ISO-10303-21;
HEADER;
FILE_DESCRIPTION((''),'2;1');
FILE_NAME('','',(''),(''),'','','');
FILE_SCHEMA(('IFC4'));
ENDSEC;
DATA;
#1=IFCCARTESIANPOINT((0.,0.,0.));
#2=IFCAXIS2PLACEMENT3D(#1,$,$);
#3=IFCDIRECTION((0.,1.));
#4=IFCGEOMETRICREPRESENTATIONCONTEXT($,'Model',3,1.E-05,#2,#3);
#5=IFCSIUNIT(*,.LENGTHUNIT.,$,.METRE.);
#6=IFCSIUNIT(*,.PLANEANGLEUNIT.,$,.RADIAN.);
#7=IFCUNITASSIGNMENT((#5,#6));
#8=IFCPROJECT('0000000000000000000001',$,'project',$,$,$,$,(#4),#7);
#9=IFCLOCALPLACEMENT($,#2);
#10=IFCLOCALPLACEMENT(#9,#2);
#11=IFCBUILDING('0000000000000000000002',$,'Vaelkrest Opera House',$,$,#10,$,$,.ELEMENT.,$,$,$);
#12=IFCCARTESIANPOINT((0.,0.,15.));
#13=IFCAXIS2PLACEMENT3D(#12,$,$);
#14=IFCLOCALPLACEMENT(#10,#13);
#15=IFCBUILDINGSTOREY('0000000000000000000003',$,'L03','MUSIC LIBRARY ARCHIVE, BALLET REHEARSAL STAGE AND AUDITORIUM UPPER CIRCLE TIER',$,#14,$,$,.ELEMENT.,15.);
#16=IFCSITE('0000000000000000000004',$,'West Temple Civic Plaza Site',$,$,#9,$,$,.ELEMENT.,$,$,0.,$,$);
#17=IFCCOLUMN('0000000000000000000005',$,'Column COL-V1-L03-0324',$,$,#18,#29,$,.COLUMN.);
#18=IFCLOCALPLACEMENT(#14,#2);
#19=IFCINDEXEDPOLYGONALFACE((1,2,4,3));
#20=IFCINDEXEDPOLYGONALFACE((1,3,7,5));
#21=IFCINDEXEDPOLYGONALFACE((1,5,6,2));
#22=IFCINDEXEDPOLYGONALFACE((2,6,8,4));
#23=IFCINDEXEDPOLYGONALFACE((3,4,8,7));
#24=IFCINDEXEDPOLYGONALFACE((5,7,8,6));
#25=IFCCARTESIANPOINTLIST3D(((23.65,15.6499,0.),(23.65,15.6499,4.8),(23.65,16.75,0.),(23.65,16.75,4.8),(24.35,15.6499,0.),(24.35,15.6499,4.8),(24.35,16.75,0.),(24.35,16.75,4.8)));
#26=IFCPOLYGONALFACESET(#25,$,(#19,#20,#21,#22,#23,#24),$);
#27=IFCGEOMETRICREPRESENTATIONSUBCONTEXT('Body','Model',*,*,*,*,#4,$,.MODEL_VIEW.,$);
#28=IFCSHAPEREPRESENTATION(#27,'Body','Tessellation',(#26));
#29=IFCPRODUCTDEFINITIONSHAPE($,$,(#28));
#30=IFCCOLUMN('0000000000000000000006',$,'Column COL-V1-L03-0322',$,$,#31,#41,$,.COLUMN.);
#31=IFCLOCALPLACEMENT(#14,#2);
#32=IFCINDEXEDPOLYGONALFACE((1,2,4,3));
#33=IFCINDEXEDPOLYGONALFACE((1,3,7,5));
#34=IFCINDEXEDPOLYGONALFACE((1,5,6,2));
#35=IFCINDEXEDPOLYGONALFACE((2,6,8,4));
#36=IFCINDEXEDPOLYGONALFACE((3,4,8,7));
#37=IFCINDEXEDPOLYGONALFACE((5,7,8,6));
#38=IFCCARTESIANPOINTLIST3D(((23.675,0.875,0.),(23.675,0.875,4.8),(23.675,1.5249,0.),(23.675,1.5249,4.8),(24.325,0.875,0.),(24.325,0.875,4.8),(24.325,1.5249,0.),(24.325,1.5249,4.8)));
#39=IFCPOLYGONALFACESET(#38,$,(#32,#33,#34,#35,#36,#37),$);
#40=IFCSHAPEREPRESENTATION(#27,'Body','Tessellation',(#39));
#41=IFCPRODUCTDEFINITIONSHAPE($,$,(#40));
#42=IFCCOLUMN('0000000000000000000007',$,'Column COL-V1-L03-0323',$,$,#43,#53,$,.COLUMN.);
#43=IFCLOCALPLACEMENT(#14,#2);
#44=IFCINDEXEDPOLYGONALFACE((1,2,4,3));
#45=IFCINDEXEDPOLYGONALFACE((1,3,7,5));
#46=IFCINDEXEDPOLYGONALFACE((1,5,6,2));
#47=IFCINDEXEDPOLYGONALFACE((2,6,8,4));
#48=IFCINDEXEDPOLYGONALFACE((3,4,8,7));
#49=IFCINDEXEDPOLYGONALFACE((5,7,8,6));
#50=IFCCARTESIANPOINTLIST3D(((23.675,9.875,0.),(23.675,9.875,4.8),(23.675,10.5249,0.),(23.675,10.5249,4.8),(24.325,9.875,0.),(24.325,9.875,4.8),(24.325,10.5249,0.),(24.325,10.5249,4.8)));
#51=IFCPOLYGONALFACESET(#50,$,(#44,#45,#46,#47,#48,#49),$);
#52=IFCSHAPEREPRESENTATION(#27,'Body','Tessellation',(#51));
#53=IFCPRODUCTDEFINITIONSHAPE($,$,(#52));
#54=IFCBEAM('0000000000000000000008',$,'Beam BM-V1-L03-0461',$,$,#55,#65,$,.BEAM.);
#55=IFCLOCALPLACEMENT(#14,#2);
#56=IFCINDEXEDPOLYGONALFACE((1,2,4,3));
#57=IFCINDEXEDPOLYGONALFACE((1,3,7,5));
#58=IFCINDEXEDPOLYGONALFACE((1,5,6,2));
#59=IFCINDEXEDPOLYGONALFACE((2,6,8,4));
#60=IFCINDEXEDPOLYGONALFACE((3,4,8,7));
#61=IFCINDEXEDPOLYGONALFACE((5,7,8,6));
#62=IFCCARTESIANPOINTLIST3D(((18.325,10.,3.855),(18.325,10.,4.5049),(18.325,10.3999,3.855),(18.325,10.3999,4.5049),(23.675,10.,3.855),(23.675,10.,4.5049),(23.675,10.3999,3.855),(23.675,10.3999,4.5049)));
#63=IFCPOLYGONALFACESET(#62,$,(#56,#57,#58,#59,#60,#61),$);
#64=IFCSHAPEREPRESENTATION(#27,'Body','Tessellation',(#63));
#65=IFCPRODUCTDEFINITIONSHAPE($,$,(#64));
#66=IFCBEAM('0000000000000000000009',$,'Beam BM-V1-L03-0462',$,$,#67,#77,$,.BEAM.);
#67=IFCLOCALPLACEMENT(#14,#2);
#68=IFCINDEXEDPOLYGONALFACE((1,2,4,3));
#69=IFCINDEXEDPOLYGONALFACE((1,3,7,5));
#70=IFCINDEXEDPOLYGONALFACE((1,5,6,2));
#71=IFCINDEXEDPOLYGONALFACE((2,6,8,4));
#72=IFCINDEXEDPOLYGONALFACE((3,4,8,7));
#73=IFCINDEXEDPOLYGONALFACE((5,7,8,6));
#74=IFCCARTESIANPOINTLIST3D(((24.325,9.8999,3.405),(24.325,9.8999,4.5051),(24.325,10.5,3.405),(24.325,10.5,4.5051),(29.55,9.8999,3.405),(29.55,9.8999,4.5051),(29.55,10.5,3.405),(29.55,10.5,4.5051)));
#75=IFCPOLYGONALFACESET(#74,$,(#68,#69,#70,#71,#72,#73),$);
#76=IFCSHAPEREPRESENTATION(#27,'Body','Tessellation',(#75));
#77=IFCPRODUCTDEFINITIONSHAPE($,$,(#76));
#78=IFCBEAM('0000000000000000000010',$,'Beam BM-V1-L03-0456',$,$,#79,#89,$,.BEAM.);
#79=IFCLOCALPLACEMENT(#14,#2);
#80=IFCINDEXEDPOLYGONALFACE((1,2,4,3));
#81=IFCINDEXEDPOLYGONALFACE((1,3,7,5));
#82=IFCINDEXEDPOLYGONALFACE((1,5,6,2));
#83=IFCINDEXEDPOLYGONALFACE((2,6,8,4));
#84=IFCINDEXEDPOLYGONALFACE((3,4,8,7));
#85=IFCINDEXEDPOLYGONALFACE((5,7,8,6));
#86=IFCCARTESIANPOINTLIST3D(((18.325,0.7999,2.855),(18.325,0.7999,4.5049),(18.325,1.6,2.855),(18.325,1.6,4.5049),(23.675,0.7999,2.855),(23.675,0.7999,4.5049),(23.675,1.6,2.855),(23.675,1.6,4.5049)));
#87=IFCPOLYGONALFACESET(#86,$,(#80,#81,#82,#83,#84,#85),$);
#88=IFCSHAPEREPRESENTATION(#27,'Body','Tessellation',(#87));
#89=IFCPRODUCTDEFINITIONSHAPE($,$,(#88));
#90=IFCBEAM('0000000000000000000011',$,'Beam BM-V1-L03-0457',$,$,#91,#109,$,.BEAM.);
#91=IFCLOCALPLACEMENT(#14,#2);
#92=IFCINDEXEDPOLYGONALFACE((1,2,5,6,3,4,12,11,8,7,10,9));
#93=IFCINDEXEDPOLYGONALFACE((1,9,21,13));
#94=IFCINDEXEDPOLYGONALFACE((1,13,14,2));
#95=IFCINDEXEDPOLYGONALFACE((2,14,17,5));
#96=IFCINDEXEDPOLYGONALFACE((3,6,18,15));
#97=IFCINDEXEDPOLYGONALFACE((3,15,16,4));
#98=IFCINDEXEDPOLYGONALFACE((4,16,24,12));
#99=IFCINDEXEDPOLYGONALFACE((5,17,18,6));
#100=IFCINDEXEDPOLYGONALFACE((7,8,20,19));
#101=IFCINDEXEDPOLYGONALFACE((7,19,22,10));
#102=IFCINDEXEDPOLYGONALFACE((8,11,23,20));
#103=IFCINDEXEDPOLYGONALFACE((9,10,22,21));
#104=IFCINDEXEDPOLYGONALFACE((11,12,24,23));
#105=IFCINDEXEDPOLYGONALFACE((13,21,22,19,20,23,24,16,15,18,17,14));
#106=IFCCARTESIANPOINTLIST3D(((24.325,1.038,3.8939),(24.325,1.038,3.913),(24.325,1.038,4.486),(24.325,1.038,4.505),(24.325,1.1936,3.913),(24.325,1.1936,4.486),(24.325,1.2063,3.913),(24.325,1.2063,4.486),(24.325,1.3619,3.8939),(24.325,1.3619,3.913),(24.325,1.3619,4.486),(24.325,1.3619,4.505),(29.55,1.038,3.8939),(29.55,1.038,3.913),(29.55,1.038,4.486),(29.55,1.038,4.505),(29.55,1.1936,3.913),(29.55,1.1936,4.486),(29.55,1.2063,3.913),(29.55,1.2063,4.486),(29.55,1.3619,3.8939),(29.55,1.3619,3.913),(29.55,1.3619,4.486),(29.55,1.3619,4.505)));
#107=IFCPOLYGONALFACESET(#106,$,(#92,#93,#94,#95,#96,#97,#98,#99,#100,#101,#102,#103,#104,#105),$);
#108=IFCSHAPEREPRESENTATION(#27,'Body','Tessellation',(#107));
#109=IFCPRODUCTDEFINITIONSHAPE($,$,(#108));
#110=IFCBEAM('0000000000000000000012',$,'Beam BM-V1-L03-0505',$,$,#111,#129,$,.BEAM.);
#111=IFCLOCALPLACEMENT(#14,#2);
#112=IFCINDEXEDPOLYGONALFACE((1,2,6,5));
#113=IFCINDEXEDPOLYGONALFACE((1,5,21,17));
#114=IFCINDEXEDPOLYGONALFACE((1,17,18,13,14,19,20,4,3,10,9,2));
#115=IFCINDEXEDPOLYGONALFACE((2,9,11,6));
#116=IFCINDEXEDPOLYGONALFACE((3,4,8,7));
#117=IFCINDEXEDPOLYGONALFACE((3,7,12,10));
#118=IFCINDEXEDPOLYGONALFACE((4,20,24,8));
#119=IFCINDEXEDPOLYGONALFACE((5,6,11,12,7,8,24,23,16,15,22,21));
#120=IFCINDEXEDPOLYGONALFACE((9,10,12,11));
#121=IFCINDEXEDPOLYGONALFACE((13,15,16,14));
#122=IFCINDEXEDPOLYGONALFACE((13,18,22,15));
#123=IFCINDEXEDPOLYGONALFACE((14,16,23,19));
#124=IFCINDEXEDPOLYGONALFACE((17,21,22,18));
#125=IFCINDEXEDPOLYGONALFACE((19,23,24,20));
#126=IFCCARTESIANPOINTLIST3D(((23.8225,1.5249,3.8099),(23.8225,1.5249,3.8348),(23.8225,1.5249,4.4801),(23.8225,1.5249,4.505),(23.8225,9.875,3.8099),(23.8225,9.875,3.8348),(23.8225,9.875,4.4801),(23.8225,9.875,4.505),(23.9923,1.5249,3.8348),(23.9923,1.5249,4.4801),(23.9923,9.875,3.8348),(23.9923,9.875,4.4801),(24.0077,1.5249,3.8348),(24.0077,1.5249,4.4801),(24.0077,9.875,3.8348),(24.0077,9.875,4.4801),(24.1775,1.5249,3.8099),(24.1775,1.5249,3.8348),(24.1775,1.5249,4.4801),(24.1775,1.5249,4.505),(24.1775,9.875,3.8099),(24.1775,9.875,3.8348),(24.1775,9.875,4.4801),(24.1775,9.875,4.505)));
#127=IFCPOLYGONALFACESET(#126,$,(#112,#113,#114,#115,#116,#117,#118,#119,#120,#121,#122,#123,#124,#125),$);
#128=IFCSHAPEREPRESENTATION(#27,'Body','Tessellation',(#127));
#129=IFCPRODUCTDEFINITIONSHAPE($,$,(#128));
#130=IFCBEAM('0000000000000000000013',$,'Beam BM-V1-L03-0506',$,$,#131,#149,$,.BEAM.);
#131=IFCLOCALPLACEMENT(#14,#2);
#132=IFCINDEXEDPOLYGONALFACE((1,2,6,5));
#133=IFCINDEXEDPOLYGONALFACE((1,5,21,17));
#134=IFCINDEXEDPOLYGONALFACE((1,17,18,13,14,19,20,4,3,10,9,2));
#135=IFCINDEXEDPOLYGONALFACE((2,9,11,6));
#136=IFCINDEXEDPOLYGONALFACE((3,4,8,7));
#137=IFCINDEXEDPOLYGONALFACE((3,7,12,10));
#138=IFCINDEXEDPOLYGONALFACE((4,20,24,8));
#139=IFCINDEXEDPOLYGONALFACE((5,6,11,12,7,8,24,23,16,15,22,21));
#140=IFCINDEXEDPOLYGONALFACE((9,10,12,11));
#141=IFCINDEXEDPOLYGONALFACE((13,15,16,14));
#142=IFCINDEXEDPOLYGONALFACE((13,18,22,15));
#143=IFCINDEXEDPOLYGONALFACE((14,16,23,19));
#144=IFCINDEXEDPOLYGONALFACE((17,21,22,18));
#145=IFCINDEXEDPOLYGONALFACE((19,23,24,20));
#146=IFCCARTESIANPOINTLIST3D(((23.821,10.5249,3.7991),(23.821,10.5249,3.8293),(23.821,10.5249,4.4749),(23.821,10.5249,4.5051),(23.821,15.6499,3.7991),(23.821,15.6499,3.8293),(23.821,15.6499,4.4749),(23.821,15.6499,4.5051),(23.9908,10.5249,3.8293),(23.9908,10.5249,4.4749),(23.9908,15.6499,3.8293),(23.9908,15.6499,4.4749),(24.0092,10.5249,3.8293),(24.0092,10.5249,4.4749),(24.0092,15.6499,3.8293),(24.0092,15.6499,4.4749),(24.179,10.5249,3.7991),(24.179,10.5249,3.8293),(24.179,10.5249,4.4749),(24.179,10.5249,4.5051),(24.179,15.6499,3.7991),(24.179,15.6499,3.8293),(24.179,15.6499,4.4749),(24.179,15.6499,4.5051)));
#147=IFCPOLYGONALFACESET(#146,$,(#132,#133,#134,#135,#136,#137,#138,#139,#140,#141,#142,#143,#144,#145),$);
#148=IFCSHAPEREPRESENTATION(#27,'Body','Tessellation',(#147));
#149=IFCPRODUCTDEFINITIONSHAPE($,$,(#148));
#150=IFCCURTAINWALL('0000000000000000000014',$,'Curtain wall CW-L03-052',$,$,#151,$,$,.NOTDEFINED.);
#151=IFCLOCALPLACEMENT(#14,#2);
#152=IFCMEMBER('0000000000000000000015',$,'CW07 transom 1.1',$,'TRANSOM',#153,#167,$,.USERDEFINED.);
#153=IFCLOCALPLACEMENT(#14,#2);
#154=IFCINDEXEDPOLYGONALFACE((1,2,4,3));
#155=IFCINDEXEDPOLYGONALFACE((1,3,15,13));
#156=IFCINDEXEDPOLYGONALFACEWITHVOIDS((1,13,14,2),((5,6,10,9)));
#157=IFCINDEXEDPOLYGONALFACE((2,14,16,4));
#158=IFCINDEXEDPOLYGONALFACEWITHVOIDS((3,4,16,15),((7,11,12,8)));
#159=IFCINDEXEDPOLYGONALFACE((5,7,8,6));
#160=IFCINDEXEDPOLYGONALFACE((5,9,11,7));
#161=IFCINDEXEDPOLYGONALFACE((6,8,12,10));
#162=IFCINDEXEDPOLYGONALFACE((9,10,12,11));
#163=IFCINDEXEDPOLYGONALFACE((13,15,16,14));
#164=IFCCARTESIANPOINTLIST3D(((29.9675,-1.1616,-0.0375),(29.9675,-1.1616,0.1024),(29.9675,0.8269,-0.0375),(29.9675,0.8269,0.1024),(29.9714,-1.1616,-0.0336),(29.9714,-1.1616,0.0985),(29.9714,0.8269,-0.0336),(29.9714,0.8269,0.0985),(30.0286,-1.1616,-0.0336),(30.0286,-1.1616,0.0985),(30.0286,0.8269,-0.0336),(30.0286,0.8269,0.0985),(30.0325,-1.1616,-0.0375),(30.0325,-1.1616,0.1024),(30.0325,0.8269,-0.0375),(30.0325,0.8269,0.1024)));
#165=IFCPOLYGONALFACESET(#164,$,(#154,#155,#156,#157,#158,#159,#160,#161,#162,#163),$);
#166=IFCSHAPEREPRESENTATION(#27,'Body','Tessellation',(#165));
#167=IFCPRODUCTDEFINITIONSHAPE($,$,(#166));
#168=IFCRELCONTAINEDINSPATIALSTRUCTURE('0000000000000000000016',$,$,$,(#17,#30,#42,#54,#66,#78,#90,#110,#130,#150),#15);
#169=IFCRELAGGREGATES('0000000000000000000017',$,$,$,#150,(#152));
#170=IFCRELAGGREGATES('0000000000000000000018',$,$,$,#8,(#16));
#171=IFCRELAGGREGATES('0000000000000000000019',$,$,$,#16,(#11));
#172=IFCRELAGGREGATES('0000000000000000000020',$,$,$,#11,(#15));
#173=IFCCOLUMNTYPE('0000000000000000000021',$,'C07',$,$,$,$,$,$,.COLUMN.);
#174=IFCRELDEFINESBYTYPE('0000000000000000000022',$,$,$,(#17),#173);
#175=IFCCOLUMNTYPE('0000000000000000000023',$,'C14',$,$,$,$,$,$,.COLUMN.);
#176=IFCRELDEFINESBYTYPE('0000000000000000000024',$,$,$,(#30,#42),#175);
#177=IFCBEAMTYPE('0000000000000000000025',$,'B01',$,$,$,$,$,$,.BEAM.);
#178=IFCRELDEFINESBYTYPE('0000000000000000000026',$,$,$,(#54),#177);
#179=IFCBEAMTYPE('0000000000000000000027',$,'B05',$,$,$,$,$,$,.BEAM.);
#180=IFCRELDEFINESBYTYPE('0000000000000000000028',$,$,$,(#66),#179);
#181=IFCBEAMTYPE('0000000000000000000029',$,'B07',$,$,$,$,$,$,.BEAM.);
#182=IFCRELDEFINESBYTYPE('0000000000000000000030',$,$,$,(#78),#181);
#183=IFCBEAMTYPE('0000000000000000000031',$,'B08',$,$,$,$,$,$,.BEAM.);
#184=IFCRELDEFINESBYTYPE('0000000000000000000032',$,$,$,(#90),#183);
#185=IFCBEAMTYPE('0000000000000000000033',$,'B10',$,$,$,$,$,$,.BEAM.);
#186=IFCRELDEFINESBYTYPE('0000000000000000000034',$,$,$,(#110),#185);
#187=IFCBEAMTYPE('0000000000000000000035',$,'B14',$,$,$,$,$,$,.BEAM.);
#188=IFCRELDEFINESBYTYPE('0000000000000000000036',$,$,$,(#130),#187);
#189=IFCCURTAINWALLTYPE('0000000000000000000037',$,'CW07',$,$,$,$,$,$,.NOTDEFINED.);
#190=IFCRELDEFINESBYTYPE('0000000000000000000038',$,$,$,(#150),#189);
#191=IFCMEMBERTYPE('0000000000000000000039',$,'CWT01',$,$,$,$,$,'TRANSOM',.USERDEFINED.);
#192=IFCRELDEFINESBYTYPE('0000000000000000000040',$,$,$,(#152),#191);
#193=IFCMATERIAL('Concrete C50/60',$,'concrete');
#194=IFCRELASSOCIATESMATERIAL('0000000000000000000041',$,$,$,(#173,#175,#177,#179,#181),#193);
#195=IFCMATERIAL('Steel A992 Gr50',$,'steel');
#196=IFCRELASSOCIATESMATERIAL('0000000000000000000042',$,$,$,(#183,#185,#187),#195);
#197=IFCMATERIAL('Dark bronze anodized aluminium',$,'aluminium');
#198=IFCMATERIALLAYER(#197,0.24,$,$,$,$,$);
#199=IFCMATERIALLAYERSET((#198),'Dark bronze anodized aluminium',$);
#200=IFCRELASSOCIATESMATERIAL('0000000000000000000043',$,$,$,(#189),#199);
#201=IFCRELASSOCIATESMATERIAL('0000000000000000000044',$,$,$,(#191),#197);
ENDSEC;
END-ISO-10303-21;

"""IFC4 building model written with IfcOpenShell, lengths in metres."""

from ifc_helpers import new_model, si_unit, direction, frame, origin, origin_2d, place, context, subcontext, project, spatial, rectangle, hollow_rectangle, i_section, extrude, material, layer, layer_set, material_profile, profile_set, type_object, element, aggregate, save


model = new_model("IFC4")

# Units and contexts
model_context = context("Model", 3, precision=1e-05, world=origin(), true_north=direction((0.0, 1.0)))
body_context = subcontext(model_context, "Body", "Model", "MODEL_VIEW")
ifc_project = project(units=[si_unit("LENGTHUNIT", "METRE"), si_unit("PLANEANGLEUNIT", "RADIAN")], contexts=[model_context])

# Site, building, storey
site_placement = place(None, origin())
site = spatial("IfcSite", under=ifc_project, at=site_placement, Name="West Temple Civic Plaza Site", CompositionType="ELEMENT", RefElevation=0.0)
building_placement = place(site_placement, origin())
building = spatial("IfcBuilding", under=site, at=building_placement, Name="Vaelkrest Opera House", CompositionType="ELEMENT")
storey_placement = place(building_placement, frame((0.0, 0.0, 15.0)))
storey = spatial("IfcBuildingStorey", under=building, at=storey_placement, Name="L03", Description="MUSIC LIBRARY ARCHIVE, BALLET REHEARSAL STAGE AND AUDITORIUM UPPER CIRCLE TIER", CompositionType="ELEMENT", Elevation=15.0)

# Columns
ifc_material_1 = material(Name="Concrete C50/60", Category="concrete")
ifc_material_profile_1 = material_profile(ifc_material_1, rectangle(XDim=0.7, YDim=1.1001, at=origin_2d()), Name="RC700X1100")
ifc_profile_set_1 = profile_set([ifc_material_profile_1], Name="Concrete C50/60")
column_type_1 = type_object("IfcColumnType", Name="C07", PredefinedType="COLUMN", material=ifc_profile_set_1)
column_placement = place(storey_placement, frame((24.0, 16.2, 0.0), z_axis=(0.0, 0.0, 1.0), x_axis=(1.0, 0.0, 0.0)))
element("IfcColumn", 1, at=column_placement, inside=storey, type_object=column_type_1, Name="Column COL-V1-L03-0324", PredefinedType="COLUMN", context=body_context, shape_type="SweptSolid", body=[
    extrude(rectangle(XDim=0.7, YDim=1.1001, at=origin_2d()), origin(), (0.0, 0.0, 1.0), 4.8),
])
ifc_material_profile_2 = material_profile(ifc_material_1, rectangle(XDim=0.6499, YDim=0.6499, at=origin_2d()), Name="RC650X650")
ifc_profile_set_2 = profile_set([ifc_material_profile_2], Name="Concrete C50/60")
column_type_2 = type_object("IfcColumnType", Name="C14", PredefinedType="COLUMN", material=ifc_profile_set_2)
for number, where, z_axis, x_axis, name in (
    (2, (24.0, 1.2, 0.0), (0.0, 0.0, 1.0), (1.0, 0.0, 0.0), "Column COL-V1-L03-0322"),
    (3, (24.0, 10.2, 0.0), (0.0, 0.0, 1.0), (1.0, 0.0, 0.0), "Column COL-V1-L03-0323"),
):
    element("IfcColumn", number, at=place(storey_placement, frame(where, z_axis=z_axis, x_axis=x_axis)), inside=storey, type_object=column_type_2, Name=name, PredefinedType="COLUMN", context=body_context, shape_type="SweptSolid", body=[
        extrude(rectangle(XDim=0.6499, YDim=0.6499, at=origin_2d()), origin(), (0.0, 0.0, 1.0), 4.8),
    ])

# Beams
ifc_material_profile_3 = material_profile(ifc_material_1, rectangle(XDim=0.3999, YDim=0.6499, at=origin_2d()), Name="RCB400X650")
ifc_profile_set_3 = profile_set([ifc_material_profile_3], Name="Concrete C50/60")
beam_type_1 = type_object("IfcBeamType", Name="B01", PredefinedType="BEAM", material=ifc_profile_set_3)
beam_1_placement = place(storey_placement, frame((18.325, 10.2, 4.1799), z_axis=(1.0, 0.0, 0.0), x_axis=(0.0, 1.0, 0.0)))
element("IfcBeam", 4, at=beam_1_placement, inside=storey, type_object=beam_type_1, Name="Beam BM-V1-L03-0461", PredefinedType="BEAM", context=body_context, shape_type="SweptSolid", body=[
    extrude(rectangle(XDim=0.3999, YDim=0.6499, at=origin_2d()), origin(), (0.0, 0.0, 1.0), 5.3501),
])
ifc_material_profile_4 = material_profile(ifc_material_1, rectangle(XDim=0.6001, YDim=1.1001, at=origin_2d()), Name="RCB600X1100")
ifc_profile_set_4 = profile_set([ifc_material_profile_4], Name="Concrete C50/60")
beam_type_2 = type_object("IfcBeamType", Name="B05", PredefinedType="BEAM", material=ifc_profile_set_4)
beam_2_placement = place(storey_placement, frame((24.325, 10.2, 3.9551), z_axis=(1.0, 0.0, 0.0), x_axis=(0.0, 1.0, 0.0)))
element("IfcBeam", 5, at=beam_2_placement, inside=storey, type_object=beam_type_2, Name="Beam BM-V1-L03-0462", PredefinedType="BEAM", context=body_context, shape_type="SweptSolid", body=[
    extrude(rectangle(XDim=0.6001, YDim=1.1001, at=origin_2d()), origin(), (0.0, 0.0, 1.0), 5.2251),
])
ifc_material_profile_5 = material_profile(ifc_material_1, rectangle(XDim=0.8, YDim=1.6499, at=origin_2d()), Name="RCB800X1650")
ifc_profile_set_5 = profile_set([ifc_material_profile_5], Name="Concrete C50/60")
beam_type_3 = type_object("IfcBeamType", Name="B07", PredefinedType="BEAM", material=ifc_profile_set_5)
beam_3_placement = place(storey_placement, frame((18.325, 1.2, 3.6799), z_axis=(1.0, 0.0, 0.0), x_axis=(0.0, 1.0, 0.0)))
element("IfcBeam", 6, at=beam_3_placement, inside=storey, type_object=beam_type_3, Name="Beam BM-V1-L03-0456", PredefinedType="BEAM", context=body_context, shape_type="SweptSolid", body=[
    extrude(rectangle(XDim=0.8, YDim=1.6499, at=origin_2d()), origin(), (0.0, 0.0, 1.0), 5.3501),
])
ifc_material_2 = material(Name="Steel A992 Gr50", Category="steel")
ifc_material_profile_6 = material_profile(ifc_material_2, i_section(OverallWidth=0.324, OverallDepth=0.6111, WebThickness=0.0127, FlangeThickness=0.019, at=origin_2d()), Name="W24X104")
ifc_profile_set_6 = profile_set([ifc_material_profile_6], Name="Steel A992 Gr50")
beam_type_4 = type_object("IfcBeamType", Name="B08", PredefinedType="BEAM", material=ifc_profile_set_6)
beam_4_placement = place(storey_placement, frame((24.325, 1.2, 4.1995), z_axis=(1.0, 0.0, 0.0), x_axis=(0.0, 1.0, 0.0)))
element("IfcBeam", 7, at=beam_4_placement, inside=storey, type_object=beam_type_4, Name="Beam BM-V1-L03-0457", PredefinedType="BEAM", context=body_context, shape_type="SweptSolid", body=[
    extrude(i_section(OverallWidth=0.324, OverallDepth=0.6111, WebThickness=0.0127, FlangeThickness=0.019, at=origin_2d()), origin(), (0.0, 0.0, 1.0), 5.2251),
])
ifc_material_profile_7 = material_profile(ifc_material_2, i_section(OverallWidth=0.355, OverallDepth=0.6951, WebThickness=0.0154, FlangeThickness=0.0249, at=origin_2d()), Name="W27X146")
ifc_profile_set_7 = profile_set([ifc_material_profile_7], Name="Steel A992 Gr50")
beam_type_5 = type_object("IfcBeamType", Name="B10", PredefinedType="BEAM", material=ifc_profile_set_7)
beam_5_placement = place(storey_placement, frame((24.0, 1.5249, 4.1575), z_axis=(0.0, 1.0, 0.0), x_axis=(-1.0, 0.0, 0.0)))
element("IfcBeam", 8, at=beam_5_placement, inside=storey, type_object=beam_type_5, Name="Beam BM-V1-L03-0505", PredefinedType="BEAM", context=body_context, shape_type="SweptSolid", body=[
    extrude(i_section(OverallWidth=0.355, OverallDepth=0.6951, WebThickness=0.0154, FlangeThickness=0.0249, at=origin_2d()), origin(), (0.0, 0.0, 1.0), 8.3501),
])
ifc_material_profile_8 = material_profile(ifc_material_2, i_section(OverallWidth=0.3579, OverallDepth=0.7061, WebThickness=0.0183, FlangeThickness=0.0303, at=origin_2d()), Name="W27X178")
ifc_profile_set_8 = profile_set([ifc_material_profile_8], Name="Steel A992 Gr50")
beam_type_6 = type_object("IfcBeamType", Name="B14", PredefinedType="BEAM", material=ifc_profile_set_8)
beam_6_placement = place(storey_placement, frame((24.0, 10.5249, 4.1521), z_axis=(0.0, 1.0, 0.0), x_axis=(-1.0, 0.0, 0.0)))
element("IfcBeam", 9, at=beam_6_placement, inside=storey, type_object=beam_type_6, Name="Beam BM-V1-L03-0506", PredefinedType="BEAM", context=body_context, shape_type="SweptSolid", body=[
    extrude(i_section(OverallWidth=0.3579, OverallDepth=0.7061, WebThickness=0.0183, FlangeThickness=0.0303, at=origin_2d()), origin(), (0.0, 0.0, 1.0), 5.125),
])

# Curtain wall, member
ifc_material_3 = material(Name="Dark bronze anodized aluminium", Category="aluminium")
ifc_layer_1 = layer(ifc_material_3, 0.24)
ifc_layer_set_1 = layer_set([ifc_layer_1], Name="Dark bronze anodized aluminium")
curtain_wall_type = type_object("IfcCurtainWallType", Name="CW07", PredefinedType="NOTDEFINED", material=ifc_layer_set_1)
curtain_wall_placement = place(storey_placement, origin())
curtain_wall = element("IfcCurtainWall", 10, at=curtain_wall_placement, inside=storey, type_object=curtain_wall_type, Name="Curtain wall CW-L03-052", PredefinedType="NOTDEFINED")
ifc_material_profile_9 = material_profile(ifc_material_3, hollow_rectangle(XDim=0.0649, YDim=0.1399, WallThickness=0.0039, at=origin_2d()), Name="CWT65X140")
ifc_profile_set_9 = profile_set([ifc_material_profile_9], Name="Dark bronze anodized aluminium")
member_type = type_object("IfcMemberType", Name="CWT01", ElementType="TRANSOM", PredefinedType="USERDEFINED", material=ifc_profile_set_9)
member_1_placement = place(storey_placement, frame((30.0, 0.8269, 0.0325), z_axis=(0.0, -1.0, 0.0), x_axis=(1.0, 0.0, 0.0)))
member_1 = element("IfcMember", 11, at=member_1_placement, type_object=member_type, Name="CW07 transom 1.1", ObjectType="TRANSOM", PredefinedType="USERDEFINED", context=body_context, shape_type="SweptSolid", body=[
    extrude(hollow_rectangle(XDim=0.0649, YDim=0.1399, WallThickness=0.0039, at=origin_2d()), origin(), (0.0, 0.0, 1.0), 1.9885),
])

aggregate(curtain_wall, [member_1])

save(model, "model.ifc")
